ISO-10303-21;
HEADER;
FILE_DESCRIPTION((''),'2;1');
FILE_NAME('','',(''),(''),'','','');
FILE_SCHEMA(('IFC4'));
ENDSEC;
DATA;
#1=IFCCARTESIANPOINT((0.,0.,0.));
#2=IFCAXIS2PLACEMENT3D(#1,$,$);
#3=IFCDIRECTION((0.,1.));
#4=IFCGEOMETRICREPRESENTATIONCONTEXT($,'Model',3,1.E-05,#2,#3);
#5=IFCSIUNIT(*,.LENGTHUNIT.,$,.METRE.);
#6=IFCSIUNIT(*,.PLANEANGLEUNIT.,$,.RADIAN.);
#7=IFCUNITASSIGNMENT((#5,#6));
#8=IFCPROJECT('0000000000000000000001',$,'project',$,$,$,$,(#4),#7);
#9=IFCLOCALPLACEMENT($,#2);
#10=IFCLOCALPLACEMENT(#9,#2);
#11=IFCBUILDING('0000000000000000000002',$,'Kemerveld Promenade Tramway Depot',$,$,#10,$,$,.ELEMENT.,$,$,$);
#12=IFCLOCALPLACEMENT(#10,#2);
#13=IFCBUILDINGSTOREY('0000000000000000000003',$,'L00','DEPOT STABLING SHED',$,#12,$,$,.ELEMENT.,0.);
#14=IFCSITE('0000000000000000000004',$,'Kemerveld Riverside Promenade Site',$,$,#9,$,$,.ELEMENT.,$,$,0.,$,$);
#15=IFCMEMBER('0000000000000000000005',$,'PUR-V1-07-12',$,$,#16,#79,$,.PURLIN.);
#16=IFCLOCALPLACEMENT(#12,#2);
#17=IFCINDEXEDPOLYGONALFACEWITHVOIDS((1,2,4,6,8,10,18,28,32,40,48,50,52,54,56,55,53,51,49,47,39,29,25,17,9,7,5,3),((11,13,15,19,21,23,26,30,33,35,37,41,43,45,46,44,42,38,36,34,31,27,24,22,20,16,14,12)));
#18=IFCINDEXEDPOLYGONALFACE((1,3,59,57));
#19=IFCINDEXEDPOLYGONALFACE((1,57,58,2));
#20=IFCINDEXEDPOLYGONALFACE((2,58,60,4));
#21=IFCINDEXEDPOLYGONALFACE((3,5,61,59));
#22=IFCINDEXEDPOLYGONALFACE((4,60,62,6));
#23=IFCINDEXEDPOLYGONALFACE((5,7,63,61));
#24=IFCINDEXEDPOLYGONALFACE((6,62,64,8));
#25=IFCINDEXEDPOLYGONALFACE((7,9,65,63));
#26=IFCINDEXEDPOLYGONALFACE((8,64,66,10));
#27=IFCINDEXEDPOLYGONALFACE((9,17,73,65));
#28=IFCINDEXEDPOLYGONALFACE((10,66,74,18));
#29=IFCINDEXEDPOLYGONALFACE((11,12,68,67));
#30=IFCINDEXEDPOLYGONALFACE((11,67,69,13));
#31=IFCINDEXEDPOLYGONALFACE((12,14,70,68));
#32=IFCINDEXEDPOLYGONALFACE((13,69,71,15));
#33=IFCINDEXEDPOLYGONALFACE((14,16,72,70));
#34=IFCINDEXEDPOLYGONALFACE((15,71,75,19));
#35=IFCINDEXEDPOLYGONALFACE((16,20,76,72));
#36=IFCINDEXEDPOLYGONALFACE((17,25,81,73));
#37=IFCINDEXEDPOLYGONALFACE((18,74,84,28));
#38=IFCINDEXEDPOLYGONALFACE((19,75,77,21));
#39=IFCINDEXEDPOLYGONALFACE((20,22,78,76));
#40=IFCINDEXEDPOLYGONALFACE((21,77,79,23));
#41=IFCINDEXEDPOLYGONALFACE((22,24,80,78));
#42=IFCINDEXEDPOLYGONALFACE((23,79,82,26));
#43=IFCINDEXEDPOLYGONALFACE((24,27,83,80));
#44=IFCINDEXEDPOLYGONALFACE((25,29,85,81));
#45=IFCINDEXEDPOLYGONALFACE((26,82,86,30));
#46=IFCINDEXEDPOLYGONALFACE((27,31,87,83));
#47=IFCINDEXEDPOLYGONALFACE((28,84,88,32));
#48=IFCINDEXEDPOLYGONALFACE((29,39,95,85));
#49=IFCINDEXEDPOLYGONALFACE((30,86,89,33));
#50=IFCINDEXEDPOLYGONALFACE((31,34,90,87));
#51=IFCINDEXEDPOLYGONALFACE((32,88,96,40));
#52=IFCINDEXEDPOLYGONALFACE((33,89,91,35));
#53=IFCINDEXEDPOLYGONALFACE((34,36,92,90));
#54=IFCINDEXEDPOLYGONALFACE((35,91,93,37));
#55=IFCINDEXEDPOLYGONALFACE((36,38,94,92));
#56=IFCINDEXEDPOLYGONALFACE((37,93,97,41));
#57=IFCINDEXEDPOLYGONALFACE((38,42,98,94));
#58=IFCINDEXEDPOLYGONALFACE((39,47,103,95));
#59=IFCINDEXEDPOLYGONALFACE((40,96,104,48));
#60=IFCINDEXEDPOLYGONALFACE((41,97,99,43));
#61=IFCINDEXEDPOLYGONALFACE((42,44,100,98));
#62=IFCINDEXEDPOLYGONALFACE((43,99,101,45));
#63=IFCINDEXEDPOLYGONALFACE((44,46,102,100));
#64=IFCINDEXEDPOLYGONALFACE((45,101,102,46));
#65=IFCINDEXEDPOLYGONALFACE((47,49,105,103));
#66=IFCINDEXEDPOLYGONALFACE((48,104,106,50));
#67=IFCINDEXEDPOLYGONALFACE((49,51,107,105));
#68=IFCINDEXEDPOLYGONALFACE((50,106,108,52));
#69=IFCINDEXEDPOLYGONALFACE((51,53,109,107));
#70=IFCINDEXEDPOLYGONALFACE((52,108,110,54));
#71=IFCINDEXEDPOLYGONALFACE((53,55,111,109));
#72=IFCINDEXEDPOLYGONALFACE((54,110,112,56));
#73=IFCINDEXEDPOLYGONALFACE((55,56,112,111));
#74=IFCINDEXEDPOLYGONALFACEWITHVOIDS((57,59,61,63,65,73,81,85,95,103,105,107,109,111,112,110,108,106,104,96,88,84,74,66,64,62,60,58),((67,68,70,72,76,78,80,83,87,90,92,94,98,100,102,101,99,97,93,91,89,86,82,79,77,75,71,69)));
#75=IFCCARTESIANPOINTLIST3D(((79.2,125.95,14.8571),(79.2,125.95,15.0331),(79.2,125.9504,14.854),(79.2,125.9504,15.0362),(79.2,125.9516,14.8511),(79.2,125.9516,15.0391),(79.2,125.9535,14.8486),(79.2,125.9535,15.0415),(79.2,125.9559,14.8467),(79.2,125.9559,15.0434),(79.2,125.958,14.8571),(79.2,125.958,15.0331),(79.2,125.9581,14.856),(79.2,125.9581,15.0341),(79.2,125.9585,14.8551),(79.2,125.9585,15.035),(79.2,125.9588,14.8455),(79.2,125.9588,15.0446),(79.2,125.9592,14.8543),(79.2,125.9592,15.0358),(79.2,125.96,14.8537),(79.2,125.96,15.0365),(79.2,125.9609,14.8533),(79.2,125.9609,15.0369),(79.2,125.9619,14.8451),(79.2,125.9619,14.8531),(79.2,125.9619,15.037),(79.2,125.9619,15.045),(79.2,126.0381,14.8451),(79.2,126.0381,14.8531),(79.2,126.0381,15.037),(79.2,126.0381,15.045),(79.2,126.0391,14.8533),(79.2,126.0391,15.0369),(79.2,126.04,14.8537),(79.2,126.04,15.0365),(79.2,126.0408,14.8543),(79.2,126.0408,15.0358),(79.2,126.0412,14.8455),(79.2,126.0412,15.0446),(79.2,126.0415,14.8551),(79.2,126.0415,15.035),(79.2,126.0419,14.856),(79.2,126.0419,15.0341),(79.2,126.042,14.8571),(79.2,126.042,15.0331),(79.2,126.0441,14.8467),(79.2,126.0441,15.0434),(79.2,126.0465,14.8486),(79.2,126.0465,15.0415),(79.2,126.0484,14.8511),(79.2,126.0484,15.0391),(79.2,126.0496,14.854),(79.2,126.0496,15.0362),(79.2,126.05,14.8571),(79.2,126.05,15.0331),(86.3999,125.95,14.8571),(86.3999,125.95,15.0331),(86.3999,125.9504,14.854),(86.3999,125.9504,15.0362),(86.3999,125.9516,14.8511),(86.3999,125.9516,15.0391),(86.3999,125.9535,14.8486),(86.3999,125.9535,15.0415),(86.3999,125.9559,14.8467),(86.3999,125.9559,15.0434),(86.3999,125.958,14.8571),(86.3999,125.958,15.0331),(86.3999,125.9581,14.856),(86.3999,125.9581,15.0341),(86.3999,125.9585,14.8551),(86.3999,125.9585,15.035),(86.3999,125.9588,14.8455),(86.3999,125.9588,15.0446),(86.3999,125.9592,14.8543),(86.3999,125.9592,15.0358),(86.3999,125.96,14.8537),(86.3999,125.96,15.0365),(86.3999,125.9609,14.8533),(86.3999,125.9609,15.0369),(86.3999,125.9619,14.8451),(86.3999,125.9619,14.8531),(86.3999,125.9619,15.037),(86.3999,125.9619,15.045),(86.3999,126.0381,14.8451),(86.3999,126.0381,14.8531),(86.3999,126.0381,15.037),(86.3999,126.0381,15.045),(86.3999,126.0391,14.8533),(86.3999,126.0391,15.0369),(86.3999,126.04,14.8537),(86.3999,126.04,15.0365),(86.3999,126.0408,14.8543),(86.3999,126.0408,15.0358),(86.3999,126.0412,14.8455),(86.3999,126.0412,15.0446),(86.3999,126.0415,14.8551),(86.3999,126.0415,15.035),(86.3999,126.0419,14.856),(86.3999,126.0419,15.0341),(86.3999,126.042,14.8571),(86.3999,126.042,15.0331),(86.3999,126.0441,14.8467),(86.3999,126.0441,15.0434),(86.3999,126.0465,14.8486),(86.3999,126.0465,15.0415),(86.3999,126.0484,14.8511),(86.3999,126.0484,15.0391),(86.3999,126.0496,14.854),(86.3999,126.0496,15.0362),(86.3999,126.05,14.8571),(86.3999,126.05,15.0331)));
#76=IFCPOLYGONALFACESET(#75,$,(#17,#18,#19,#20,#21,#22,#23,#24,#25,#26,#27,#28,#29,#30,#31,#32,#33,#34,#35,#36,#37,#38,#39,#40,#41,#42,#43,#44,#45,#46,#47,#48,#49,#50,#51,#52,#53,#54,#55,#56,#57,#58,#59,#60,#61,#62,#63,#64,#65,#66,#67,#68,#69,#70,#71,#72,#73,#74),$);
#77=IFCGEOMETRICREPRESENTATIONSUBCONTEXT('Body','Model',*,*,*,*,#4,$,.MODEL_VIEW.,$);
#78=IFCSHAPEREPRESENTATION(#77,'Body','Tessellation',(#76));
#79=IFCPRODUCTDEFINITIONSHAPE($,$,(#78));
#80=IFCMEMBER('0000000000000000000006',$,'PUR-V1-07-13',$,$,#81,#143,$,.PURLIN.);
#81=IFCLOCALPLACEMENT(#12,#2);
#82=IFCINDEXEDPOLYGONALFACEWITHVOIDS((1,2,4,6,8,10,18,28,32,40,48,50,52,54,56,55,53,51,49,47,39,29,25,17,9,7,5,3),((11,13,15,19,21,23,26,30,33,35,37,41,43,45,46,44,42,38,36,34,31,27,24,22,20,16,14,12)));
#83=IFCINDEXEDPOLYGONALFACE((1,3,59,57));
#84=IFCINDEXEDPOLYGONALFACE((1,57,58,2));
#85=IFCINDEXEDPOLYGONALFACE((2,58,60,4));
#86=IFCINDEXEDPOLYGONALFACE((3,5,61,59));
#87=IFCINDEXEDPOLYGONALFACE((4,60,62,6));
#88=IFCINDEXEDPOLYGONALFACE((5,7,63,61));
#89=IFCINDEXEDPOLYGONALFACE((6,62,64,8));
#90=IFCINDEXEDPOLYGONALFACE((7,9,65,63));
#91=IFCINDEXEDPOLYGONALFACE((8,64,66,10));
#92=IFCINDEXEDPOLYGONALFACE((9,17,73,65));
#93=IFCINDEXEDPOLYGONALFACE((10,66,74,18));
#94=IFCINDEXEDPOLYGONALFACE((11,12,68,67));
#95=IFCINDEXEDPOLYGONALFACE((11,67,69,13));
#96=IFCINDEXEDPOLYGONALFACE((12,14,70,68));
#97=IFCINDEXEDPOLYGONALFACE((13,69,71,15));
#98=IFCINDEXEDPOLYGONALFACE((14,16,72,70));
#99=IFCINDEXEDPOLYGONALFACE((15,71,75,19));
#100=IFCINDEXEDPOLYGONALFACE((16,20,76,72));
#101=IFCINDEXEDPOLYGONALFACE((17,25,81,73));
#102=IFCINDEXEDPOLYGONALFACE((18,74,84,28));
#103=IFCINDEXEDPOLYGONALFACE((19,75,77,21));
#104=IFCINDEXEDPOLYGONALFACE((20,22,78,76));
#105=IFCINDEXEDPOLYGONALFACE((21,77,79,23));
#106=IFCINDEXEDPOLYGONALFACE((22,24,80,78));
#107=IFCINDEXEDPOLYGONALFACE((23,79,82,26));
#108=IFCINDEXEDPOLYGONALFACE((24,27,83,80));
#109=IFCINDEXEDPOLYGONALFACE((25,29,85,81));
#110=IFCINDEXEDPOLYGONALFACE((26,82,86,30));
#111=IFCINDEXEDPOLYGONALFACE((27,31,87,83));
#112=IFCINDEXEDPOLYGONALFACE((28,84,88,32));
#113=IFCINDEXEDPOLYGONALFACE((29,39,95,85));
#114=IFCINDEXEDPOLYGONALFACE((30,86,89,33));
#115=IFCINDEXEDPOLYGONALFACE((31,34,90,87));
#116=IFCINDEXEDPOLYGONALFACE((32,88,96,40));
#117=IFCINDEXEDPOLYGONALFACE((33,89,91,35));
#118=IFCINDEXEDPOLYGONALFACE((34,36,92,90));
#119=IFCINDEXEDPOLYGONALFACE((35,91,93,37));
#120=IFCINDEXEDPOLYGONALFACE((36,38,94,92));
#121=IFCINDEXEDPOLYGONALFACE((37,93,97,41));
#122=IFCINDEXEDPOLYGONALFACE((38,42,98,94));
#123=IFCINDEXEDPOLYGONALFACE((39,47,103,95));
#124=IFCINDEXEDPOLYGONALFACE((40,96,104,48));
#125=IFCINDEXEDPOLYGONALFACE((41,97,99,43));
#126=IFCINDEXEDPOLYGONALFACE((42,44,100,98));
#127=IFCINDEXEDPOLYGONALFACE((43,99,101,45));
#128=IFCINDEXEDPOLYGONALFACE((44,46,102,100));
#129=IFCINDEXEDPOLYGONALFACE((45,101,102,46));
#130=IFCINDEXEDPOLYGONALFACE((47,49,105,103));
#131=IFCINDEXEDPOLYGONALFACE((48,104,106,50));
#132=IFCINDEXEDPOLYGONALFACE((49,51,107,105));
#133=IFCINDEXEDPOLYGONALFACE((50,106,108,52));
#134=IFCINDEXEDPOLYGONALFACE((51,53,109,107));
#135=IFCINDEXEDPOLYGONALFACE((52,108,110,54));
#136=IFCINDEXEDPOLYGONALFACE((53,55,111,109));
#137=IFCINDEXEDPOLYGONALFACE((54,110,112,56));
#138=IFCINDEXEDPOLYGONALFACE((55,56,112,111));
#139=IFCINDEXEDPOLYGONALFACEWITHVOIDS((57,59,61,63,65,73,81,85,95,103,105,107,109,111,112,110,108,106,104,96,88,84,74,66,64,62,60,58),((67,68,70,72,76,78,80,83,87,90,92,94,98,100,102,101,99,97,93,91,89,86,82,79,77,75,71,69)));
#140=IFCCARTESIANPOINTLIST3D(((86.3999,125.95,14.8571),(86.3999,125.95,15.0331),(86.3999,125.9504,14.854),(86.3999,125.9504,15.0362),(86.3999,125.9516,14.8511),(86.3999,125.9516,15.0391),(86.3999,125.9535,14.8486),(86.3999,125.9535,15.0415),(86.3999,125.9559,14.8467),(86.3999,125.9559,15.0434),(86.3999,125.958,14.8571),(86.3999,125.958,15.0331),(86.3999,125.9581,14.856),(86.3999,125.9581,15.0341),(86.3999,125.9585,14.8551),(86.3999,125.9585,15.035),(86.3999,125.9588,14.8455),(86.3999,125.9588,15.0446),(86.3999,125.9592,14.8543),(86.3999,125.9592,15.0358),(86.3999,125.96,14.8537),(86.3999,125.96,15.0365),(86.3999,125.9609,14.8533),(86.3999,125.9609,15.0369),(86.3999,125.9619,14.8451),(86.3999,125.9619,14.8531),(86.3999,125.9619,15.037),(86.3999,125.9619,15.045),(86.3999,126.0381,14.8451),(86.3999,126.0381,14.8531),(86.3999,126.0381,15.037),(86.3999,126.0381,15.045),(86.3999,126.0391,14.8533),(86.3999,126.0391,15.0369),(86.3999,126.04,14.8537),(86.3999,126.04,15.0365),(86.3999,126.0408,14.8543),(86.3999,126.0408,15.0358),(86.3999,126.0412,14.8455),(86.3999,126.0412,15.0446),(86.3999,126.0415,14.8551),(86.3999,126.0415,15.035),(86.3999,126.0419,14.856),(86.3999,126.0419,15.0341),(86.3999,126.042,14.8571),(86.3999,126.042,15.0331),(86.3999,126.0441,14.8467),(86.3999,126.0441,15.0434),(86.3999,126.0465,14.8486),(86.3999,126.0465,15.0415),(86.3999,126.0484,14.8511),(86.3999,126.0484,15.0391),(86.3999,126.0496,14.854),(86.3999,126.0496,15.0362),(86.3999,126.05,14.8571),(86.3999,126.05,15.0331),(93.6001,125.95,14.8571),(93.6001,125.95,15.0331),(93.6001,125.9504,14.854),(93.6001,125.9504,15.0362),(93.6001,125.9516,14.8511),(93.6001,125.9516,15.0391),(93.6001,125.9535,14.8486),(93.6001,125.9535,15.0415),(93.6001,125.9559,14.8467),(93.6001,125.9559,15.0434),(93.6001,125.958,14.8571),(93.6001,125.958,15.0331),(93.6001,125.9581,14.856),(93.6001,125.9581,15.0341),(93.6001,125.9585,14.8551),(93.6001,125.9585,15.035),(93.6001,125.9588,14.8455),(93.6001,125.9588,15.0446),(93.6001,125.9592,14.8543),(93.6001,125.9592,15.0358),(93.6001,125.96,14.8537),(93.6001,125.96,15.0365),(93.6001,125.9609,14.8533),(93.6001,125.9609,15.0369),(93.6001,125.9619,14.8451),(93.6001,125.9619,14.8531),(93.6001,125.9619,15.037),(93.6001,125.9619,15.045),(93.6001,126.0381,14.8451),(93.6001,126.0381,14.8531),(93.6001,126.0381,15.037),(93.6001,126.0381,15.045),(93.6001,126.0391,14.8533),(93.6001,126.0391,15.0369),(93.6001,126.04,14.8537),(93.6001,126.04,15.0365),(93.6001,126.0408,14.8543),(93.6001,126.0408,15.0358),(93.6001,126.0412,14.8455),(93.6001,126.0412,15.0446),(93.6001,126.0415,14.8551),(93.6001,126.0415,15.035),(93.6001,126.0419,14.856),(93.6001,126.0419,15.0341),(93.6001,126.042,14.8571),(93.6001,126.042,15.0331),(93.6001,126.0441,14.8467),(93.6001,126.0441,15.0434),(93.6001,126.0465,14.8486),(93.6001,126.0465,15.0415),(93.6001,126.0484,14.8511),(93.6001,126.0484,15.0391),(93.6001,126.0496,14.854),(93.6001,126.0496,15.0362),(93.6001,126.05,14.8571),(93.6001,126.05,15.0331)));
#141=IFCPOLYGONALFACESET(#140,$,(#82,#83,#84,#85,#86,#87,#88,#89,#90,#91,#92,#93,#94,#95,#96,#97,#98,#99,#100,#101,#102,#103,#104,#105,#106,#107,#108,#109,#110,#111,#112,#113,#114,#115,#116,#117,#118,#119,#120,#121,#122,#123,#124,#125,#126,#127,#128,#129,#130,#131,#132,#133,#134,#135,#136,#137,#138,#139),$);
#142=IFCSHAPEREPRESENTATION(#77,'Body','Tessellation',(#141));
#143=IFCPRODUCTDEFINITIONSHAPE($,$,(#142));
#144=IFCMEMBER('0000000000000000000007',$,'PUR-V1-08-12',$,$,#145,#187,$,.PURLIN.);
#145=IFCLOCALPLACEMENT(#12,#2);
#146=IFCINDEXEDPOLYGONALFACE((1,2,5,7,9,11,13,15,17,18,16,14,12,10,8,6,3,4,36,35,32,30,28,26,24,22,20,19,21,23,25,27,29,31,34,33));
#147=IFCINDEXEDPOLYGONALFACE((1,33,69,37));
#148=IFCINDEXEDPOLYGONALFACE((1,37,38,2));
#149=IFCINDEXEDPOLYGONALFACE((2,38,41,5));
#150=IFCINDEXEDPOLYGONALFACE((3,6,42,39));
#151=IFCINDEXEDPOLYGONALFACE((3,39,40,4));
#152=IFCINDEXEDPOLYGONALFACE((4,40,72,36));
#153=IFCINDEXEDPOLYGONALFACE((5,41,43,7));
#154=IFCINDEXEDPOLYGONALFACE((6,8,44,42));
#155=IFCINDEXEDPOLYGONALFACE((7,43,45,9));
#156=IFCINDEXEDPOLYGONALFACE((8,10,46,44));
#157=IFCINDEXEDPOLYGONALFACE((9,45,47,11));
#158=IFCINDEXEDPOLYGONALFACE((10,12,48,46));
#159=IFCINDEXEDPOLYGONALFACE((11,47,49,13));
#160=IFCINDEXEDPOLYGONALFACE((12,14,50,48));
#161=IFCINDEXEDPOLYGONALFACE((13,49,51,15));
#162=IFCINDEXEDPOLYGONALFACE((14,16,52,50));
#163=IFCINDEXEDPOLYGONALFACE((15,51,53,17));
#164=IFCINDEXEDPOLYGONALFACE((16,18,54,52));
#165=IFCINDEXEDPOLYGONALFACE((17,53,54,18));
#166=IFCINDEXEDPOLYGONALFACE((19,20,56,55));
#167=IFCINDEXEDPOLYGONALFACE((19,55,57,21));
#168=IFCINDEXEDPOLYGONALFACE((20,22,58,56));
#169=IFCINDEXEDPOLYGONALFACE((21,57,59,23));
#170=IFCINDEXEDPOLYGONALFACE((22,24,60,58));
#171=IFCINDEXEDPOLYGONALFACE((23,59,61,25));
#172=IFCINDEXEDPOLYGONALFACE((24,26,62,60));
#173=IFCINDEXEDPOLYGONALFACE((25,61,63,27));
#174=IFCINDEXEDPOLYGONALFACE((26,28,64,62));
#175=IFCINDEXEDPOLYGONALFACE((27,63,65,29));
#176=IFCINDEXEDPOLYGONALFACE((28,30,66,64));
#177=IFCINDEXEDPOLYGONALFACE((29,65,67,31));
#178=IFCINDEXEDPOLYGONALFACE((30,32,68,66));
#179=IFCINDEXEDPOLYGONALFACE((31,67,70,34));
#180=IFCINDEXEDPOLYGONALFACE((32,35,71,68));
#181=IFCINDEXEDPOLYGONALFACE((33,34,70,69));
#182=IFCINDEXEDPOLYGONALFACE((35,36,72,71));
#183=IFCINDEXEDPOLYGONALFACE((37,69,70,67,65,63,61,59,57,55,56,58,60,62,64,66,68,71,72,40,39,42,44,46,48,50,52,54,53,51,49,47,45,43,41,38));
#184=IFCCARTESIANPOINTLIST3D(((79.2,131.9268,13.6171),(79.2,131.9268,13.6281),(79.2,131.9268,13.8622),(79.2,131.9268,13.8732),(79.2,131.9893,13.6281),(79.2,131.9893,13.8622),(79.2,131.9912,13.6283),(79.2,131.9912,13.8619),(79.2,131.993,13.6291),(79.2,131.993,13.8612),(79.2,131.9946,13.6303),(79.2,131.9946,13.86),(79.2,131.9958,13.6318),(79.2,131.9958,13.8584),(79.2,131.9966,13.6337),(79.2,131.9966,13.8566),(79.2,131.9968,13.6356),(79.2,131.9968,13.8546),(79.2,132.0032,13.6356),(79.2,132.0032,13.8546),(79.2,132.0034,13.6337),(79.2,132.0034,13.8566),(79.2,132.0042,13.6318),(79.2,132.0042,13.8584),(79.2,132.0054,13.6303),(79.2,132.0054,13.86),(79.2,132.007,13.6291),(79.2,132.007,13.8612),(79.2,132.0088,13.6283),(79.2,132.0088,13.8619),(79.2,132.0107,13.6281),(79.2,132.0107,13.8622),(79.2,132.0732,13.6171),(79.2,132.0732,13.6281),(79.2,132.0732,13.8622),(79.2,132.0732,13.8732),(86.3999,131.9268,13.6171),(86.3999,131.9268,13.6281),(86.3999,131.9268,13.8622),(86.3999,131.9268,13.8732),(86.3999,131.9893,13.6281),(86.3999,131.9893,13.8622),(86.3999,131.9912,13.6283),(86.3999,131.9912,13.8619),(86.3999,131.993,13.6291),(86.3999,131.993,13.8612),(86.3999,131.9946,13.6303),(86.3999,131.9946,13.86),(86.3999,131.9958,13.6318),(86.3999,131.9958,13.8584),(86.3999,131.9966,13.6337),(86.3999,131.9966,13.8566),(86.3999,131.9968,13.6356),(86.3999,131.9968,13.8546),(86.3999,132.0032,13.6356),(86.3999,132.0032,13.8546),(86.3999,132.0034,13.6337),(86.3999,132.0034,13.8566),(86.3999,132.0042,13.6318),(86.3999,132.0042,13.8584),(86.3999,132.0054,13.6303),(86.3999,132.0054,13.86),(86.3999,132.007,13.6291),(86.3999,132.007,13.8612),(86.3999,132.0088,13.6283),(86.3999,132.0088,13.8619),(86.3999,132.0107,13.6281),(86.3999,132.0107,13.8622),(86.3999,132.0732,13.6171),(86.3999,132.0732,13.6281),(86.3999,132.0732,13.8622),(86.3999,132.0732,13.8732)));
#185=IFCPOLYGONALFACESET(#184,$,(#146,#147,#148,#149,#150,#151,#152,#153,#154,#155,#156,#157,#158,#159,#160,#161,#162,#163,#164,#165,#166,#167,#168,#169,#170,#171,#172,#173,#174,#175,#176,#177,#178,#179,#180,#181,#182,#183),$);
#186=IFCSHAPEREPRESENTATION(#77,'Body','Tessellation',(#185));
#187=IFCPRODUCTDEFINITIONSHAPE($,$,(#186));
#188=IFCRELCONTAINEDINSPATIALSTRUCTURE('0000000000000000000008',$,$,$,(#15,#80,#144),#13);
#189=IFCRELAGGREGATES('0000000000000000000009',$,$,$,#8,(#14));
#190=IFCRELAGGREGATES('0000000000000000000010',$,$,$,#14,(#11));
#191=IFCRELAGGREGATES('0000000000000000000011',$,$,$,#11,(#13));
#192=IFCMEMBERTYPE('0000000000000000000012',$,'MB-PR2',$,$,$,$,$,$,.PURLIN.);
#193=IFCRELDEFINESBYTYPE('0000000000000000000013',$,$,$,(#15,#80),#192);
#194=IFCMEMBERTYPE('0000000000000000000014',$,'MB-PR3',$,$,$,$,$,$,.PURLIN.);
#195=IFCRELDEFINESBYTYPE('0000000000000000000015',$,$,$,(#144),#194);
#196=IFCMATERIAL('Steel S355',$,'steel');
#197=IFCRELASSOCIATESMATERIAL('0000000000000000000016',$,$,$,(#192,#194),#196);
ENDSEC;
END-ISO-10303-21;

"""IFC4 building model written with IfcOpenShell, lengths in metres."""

from ifc_helpers import new_model, si_unit, direction, frame, origin, origin_2d, place, context, subcontext, project, spatial, hollow_rectangle, i_section, extrude, material, material_profile, profile_set, type_object, element, save


model = new_model("IFC4")

# Units and contexts
model_context = context("Model", 3, precision=1e-05, world=origin(), true_north=direction((0.0, 1.0)))
body_context = subcontext(model_context, "Body", "Model", "MODEL_VIEW")
ifc_project = project(units=[si_unit("LENGTHUNIT", "METRE"), si_unit("PLANEANGLEUNIT", "RADIAN")], contexts=[model_context])

# Site, building, storey
site_placement = place(None, origin())
site = spatial("IfcSite", under=ifc_project, at=site_placement, Name="Kemerveld Riverside Promenade Site", CompositionType="ELEMENT", RefElevation=0.0)
building_placement = place(site_placement, origin())
building = spatial("IfcBuilding", under=site, at=building_placement, Name="Kemerveld Promenade Tramway Depot", CompositionType="ELEMENT")
storey_placement = place(building_placement, origin())
storey = spatial("IfcBuildingStorey", under=building, at=storey_placement, Name="L00", Description="DEPOT STABLING SHED", CompositionType="ELEMENT", Elevation=0.0)

# Members
ifc_material_1 = material(Name="Steel S355", Category="steel")
ifc_material_profile_1 = material_profile(ifc_material_1, hollow_rectangle(XDim=0.1001, YDim=0.2, WallThickness=0.0081, InnerFilletRadius=0.0039, OuterFilletRadius=0.012, at=origin_2d()), Name="200x100x8.0 RHS")
ifc_profile_set_1 = profile_set([ifc_material_profile_1], Name="Steel S355")
member_type_1 = type_object("IfcMemberType", Name="MB-PR2", PredefinedType="PURLIN", material=ifc_profile_set_1)
member_1_placement = place(storey_placement, frame((79.2, 126.0, 14.9451), z_axis=(1.0, 0.0, 0.0), x_axis=(0.0, 1.0, 0.0)))
element("IfcMember", 1, at=member_1_placement, inside=storey, type_object=member_type_1, Name="PUR-V1-07-12", PredefinedType="PURLIN", context=body_context, shape_type="SweptSolid", body=[
    extrude(hollow_rectangle(XDim=0.1001, YDim=0.2, WallThickness=0.0081, InnerFilletRadius=0.0039, OuterFilletRadius=0.012, at=origin_2d()), origin(), (0.0, 0.0, 1.0), 7.2),
])
member_2_placement = place(storey_placement, frame((86.3999, 126.0, 14.9451), z_axis=(1.0, 0.0, 0.0), x_axis=(0.0, 1.0, 0.0)))
element("IfcMember", 2, at=member_2_placement, inside=storey, type_object=member_type_1, Name="PUR-V1-07-13", PredefinedType="PURLIN", context=body_context, shape_type="SweptSolid", body=[
    extrude(hollow_rectangle(XDim=0.1001, YDim=0.2, WallThickness=0.0081, InnerFilletRadius=0.0039, OuterFilletRadius=0.012, at=origin_2d()), origin(), (0.0, 0.0, 1.0), 7.2002),
])
ifc_material_profile_2 = material_profile(ifc_material_1, i_section(OverallWidth=0.1465, OverallDepth=0.2561, WebThickness=0.0063, FlangeThickness=0.011, FilletRadius=0.0076, at=origin_2d()), Name="254x146x37 UB")
ifc_profile_set_2 = profile_set([ifc_material_profile_2], Name="Steel S355")
member_type_2 = type_object("IfcMemberType", Name="MB-PR3", PredefinedType="PURLIN", material=ifc_profile_set_2)
member_3_placement = place(storey_placement, frame((79.2, 132.0, 13.7451), z_axis=(1.0, 0.0, 0.0), x_axis=(0.0, 1.0, 0.0)))
element("IfcMember", 3, at=member_3_placement, inside=storey, type_object=member_type_2, Name="PUR-V1-08-12", PredefinedType="PURLIN", context=body_context, shape_type="SweptSolid", body=[
    extrude(i_section(OverallWidth=0.1465, OverallDepth=0.2561, WebThickness=0.0063, FlangeThickness=0.011, FilletRadius=0.0076, at=origin_2d()), origin(), (0.0, 0.0, 1.0), 7.2),
])

save(model, "model.ifc")
